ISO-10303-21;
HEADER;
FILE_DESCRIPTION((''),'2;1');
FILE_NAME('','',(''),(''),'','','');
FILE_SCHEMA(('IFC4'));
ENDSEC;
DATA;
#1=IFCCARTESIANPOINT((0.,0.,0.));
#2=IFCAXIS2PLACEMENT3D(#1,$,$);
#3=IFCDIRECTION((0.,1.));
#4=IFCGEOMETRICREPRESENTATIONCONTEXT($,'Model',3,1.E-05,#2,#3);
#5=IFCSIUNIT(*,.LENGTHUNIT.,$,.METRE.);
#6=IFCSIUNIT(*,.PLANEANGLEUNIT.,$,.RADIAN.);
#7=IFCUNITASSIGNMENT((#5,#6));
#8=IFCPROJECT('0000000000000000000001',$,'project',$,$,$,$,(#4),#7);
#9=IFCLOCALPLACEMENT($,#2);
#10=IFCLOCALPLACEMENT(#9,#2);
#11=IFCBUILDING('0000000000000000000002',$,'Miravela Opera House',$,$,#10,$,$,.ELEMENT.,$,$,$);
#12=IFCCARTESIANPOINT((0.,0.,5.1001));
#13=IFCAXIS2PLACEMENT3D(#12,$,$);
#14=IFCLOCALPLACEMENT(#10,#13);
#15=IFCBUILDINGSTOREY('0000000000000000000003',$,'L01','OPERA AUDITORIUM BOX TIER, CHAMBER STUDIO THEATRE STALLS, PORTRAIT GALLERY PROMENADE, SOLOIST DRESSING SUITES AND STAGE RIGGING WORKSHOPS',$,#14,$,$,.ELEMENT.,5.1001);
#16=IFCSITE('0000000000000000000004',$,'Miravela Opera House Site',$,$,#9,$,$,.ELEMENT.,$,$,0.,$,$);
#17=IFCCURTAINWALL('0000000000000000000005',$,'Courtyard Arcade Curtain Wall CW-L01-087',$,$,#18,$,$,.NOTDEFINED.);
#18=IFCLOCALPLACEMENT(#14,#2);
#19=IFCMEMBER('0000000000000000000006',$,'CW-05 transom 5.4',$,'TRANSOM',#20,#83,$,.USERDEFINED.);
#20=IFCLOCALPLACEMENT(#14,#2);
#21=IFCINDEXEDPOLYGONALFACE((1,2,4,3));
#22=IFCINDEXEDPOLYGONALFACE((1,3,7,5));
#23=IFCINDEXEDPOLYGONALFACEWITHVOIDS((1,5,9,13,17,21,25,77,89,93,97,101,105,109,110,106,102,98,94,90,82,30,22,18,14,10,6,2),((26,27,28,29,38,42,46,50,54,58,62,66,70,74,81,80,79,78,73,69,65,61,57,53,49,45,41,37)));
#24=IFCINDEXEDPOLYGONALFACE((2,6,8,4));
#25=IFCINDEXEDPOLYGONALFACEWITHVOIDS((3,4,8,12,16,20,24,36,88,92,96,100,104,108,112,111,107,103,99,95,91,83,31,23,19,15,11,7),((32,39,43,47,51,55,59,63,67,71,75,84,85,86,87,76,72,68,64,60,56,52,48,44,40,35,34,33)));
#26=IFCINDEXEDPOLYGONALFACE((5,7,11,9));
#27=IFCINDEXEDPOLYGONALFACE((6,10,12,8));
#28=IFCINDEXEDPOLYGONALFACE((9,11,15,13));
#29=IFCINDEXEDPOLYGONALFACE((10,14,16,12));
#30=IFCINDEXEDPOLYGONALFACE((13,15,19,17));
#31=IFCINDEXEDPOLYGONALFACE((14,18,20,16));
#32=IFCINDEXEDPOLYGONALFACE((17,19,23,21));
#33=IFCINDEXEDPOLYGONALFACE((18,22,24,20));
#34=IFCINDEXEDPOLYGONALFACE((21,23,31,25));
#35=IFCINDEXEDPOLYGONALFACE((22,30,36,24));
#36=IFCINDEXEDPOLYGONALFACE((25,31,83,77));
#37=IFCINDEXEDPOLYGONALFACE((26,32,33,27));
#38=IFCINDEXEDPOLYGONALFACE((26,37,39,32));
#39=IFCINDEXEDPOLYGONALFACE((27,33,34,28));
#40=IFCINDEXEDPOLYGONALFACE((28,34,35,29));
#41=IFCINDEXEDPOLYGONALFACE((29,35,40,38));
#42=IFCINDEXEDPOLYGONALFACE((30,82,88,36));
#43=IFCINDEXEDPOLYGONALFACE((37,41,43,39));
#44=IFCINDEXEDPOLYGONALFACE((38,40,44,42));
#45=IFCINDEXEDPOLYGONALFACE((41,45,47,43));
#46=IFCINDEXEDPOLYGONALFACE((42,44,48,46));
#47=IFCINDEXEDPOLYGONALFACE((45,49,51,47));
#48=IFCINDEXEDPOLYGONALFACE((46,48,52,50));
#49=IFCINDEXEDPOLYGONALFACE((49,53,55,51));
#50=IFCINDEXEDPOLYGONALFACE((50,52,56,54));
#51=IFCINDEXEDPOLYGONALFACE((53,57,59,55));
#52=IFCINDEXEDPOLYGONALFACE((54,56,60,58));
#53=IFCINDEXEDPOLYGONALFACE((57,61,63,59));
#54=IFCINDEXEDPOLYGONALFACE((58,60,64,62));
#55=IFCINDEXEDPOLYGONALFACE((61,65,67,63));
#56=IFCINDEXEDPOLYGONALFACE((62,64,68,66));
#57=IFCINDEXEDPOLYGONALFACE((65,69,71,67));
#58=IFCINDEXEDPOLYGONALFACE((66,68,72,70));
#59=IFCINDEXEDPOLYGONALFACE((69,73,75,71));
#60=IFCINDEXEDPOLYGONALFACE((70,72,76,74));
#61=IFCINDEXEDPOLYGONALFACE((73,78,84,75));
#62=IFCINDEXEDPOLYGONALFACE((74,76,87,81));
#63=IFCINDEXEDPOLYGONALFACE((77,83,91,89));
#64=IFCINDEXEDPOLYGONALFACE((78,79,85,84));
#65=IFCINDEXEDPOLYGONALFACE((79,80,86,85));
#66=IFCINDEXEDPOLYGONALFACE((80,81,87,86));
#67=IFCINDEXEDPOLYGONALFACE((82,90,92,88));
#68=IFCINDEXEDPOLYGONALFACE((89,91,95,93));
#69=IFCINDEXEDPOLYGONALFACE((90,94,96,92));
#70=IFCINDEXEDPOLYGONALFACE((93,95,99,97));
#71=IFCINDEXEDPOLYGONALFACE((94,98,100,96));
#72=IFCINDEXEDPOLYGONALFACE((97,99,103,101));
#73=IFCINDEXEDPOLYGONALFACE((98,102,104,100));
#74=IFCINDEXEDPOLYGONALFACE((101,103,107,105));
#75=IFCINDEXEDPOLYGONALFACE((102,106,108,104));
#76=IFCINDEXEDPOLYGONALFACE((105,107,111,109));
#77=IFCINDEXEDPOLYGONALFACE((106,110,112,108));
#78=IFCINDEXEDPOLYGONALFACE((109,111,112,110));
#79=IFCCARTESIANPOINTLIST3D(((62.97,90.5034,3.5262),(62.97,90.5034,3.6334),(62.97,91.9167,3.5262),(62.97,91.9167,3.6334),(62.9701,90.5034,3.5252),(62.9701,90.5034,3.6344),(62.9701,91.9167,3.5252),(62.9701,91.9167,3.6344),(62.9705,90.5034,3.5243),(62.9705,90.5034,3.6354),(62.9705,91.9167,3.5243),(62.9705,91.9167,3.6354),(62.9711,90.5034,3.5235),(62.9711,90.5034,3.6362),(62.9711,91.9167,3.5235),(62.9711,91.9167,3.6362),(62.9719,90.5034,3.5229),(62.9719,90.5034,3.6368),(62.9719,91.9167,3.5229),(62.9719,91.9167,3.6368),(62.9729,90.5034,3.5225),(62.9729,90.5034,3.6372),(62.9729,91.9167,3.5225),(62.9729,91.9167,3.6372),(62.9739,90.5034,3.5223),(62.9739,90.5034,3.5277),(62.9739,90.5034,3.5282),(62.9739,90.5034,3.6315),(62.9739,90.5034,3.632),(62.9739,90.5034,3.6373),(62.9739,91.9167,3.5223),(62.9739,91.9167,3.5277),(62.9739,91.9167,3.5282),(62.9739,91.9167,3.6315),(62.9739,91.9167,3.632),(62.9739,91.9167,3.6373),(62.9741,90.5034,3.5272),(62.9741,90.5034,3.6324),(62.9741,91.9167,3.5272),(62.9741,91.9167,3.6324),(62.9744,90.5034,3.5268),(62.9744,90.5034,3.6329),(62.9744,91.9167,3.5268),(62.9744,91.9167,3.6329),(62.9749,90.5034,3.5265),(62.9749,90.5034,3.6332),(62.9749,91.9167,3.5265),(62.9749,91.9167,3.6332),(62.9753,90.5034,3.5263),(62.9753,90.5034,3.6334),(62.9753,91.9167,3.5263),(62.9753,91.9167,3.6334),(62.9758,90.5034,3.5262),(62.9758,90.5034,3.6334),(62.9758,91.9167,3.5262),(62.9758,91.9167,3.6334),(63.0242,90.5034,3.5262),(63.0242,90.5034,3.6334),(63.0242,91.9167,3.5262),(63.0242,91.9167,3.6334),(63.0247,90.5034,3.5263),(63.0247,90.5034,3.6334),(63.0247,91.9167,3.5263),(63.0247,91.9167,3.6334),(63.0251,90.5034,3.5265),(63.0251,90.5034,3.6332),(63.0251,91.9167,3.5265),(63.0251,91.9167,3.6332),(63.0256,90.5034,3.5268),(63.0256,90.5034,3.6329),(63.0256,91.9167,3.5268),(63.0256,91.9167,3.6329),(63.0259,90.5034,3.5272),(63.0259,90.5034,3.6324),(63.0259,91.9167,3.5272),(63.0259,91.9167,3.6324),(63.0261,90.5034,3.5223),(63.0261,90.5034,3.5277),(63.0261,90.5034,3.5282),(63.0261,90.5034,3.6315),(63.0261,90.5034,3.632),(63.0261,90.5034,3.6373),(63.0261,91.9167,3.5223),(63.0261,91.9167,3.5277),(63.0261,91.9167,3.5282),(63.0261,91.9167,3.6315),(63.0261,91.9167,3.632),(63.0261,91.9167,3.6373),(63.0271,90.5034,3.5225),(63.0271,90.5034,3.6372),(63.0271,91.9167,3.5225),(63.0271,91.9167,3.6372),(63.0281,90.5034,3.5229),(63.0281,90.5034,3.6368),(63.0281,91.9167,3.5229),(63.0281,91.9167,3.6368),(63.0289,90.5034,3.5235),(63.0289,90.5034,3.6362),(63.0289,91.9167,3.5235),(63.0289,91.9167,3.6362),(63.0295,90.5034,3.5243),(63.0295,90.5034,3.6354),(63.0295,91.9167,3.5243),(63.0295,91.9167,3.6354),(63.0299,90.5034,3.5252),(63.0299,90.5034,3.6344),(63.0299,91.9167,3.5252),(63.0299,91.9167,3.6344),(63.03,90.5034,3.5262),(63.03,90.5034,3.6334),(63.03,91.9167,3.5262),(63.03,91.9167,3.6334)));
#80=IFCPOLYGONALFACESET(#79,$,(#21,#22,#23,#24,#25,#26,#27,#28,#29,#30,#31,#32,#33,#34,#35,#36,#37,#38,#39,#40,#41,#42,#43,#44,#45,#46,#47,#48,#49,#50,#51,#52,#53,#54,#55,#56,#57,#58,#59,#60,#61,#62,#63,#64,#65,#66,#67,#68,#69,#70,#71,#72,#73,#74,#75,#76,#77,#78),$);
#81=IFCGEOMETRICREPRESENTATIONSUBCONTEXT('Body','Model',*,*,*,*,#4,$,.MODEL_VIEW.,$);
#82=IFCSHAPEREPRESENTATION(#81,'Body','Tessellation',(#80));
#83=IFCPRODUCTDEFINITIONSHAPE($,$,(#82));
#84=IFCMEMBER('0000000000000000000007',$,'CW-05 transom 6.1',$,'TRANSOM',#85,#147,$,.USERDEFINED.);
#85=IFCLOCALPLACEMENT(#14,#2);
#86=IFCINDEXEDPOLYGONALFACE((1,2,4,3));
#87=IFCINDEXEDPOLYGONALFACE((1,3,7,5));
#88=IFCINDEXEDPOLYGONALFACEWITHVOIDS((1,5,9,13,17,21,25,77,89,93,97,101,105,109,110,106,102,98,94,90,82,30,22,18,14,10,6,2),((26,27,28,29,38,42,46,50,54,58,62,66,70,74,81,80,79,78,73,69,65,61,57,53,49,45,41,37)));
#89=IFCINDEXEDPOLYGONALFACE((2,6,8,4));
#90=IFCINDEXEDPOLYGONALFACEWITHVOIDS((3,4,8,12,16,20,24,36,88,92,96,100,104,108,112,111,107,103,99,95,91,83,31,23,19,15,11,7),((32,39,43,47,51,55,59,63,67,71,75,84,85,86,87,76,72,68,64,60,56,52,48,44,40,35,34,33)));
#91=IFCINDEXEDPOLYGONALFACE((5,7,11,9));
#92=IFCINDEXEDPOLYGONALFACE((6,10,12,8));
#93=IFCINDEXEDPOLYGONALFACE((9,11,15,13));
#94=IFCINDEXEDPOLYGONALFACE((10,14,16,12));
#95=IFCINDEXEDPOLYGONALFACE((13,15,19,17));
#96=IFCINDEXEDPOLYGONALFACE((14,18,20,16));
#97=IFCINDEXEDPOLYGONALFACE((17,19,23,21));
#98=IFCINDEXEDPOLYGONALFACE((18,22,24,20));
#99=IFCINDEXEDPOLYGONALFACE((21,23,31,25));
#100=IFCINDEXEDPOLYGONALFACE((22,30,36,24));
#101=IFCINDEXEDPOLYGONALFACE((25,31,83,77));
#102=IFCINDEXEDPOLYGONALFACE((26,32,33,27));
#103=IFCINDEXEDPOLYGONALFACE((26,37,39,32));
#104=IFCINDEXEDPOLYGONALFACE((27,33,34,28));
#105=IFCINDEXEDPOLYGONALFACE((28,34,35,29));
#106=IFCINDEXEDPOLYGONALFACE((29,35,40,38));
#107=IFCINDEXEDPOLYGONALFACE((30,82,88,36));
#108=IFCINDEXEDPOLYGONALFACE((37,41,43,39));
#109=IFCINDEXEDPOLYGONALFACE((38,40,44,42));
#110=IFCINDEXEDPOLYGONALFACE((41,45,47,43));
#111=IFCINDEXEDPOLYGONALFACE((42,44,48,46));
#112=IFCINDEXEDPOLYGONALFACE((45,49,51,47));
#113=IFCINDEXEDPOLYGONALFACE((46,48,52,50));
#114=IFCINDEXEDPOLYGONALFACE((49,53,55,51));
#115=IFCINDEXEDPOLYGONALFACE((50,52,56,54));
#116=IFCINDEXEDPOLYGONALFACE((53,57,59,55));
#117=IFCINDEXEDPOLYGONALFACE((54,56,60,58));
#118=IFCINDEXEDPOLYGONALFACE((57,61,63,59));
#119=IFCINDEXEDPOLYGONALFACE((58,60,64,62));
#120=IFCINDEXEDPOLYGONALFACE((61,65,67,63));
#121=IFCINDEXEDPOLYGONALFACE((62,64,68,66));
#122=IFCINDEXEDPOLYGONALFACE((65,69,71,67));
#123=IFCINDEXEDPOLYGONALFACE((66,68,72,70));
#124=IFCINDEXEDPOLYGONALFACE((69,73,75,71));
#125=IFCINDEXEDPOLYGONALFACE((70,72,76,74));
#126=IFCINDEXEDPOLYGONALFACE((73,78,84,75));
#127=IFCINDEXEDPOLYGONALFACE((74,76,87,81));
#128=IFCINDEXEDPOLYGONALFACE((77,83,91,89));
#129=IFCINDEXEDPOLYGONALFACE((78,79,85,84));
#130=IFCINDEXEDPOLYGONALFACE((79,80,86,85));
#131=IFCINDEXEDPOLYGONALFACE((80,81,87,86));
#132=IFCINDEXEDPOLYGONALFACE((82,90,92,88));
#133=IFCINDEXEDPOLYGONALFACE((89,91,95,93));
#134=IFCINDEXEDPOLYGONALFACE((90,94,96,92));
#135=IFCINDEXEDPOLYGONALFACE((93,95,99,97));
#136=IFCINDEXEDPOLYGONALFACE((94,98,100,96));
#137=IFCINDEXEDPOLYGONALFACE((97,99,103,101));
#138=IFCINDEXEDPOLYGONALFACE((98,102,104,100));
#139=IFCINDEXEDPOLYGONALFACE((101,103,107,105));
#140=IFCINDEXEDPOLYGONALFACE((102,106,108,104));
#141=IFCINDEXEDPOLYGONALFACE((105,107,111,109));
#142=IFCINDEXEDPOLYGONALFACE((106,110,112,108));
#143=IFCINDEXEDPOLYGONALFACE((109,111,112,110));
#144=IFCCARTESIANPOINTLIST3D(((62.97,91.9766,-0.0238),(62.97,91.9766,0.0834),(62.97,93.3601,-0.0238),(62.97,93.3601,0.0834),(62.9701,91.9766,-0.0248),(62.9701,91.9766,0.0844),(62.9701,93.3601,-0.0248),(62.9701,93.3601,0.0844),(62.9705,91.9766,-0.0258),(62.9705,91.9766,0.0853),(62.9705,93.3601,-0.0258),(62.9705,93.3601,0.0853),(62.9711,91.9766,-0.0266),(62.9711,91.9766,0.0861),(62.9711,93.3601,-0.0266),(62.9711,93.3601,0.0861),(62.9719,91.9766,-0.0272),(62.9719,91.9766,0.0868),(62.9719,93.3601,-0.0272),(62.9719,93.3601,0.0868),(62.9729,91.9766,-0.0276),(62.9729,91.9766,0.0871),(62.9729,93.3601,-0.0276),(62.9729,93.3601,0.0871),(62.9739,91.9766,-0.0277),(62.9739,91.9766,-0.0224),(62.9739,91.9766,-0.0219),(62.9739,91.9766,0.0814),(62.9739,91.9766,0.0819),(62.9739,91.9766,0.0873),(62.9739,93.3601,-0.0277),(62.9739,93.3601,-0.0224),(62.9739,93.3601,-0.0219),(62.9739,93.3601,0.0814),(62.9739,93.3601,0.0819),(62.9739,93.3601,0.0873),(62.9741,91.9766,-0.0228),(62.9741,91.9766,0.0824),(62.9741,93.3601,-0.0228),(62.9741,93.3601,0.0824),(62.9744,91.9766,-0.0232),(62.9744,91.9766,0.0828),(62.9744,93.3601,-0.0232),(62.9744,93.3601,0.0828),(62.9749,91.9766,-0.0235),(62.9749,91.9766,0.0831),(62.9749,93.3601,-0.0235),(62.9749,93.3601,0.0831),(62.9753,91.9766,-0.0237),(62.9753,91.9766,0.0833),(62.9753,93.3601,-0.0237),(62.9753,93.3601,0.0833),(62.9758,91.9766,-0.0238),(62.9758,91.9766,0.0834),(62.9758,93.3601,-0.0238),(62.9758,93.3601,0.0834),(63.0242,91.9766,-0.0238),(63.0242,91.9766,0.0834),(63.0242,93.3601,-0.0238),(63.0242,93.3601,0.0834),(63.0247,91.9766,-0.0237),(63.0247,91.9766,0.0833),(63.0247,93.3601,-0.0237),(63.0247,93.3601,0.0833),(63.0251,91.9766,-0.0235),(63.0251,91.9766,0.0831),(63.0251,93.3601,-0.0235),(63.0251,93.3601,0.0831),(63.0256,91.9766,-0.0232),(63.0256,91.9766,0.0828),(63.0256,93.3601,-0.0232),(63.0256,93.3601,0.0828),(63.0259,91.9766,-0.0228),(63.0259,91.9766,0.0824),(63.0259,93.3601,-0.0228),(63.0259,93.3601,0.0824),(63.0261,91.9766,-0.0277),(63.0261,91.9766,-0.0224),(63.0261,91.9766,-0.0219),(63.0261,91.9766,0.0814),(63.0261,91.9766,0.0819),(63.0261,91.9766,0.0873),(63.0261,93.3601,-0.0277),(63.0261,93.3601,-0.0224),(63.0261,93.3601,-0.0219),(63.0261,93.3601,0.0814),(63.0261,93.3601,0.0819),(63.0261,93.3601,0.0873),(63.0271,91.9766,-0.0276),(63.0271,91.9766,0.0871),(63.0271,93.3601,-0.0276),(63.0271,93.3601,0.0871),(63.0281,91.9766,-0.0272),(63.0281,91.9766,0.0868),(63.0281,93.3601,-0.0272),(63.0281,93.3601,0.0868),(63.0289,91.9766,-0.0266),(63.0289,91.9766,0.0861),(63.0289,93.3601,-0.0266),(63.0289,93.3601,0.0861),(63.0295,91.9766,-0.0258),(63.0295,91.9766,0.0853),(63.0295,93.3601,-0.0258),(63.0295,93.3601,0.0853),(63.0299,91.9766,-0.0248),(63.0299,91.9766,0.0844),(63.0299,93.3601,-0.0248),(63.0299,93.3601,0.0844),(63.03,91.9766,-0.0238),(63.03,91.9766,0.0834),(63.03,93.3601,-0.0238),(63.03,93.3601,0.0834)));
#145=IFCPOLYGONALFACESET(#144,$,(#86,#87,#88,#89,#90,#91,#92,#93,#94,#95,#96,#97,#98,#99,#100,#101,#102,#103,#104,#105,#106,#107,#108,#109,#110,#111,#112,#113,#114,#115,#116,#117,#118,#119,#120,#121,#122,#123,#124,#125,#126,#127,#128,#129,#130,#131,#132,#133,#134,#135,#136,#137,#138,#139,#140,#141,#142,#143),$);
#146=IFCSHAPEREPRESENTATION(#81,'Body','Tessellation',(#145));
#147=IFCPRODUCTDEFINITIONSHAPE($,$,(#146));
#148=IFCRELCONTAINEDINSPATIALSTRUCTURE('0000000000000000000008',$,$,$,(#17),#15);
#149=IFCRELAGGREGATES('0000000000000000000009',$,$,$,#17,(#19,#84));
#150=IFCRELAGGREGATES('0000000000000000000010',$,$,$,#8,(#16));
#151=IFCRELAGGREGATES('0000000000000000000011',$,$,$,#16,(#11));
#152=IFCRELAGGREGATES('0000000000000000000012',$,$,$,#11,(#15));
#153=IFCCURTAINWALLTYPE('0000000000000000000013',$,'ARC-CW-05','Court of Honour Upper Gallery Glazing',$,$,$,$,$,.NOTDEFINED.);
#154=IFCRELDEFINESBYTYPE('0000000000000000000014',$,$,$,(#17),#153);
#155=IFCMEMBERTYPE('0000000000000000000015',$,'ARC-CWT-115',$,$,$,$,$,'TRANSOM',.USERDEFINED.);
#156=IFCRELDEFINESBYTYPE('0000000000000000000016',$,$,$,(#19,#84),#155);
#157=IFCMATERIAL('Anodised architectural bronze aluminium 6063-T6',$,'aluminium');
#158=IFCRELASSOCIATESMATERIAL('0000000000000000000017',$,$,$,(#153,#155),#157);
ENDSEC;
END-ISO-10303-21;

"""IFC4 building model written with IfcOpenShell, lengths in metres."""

from ifc_helpers import new_model, si_unit, direction, frame, origin, origin_2d, place, context, subcontext, project, spatial, hollow_rectangle, extrude, material, material_profile, profile_set, type_object, element, aggregate, save


model = new_model("IFC4")

# Units and contexts
model_context = context("Model", 3, precision=1e-05, world=origin(), true_north=direction((0.0, 1.0)))
body_context = subcontext(model_context, "Body", "Model", "MODEL_VIEW")
ifc_project = project(units=[si_unit("LENGTHUNIT", "METRE"), si_unit("PLANEANGLEUNIT", "RADIAN")], contexts=[model_context])

# Site, building, storey
site_placement = place(None, origin())
site = spatial("IfcSite", under=ifc_project, at=site_placement, Name="Miravela Opera House Site", CompositionType="ELEMENT", RefElevation=0.0)
building_placement = place(site_placement, origin())
building = spatial("IfcBuilding", under=site, at=building_placement, Name="Miravela Opera House", CompositionType="ELEMENT")
storey_placement = place(building_placement, frame((0.0, 0.0, 5.1001)))
storey = spatial("IfcBuildingStorey", under=building, at=storey_placement, Name="L01", Description="OPERA AUDITORIUM BOX TIER, CHAMBER STUDIO THEATRE STALLS, PORTRAIT GALLERY PROMENADE, SOLOIST DRESSING SUITES AND STAGE RIGGING WORKSHOPS", CompositionType="ELEMENT", Elevation=5.1001)

# Curtain wall, members
ifc_material_1 = material(Name="Anodised architectural bronze aluminium 6063-T6", Category="aluminium")
curtain_wall_type = type_object("IfcCurtainWallType", Name="ARC-CW-05", Description="Court of Honour Upper Gallery Glazing", PredefinedType="NOTDEFINED", material=ifc_material_1)
curtain_wall_placement = place(storey_placement, origin())
curtain_wall = element("IfcCurtainWall", 1, at=curtain_wall_placement, inside=storey, type_object=curtain_wall_type, Name="Courtyard Arcade Curtain Wall CW-L01-087", PredefinedType="NOTDEFINED")
ifc_material_profile_1 = material_profile(ifc_material_1, hollow_rectangle(XDim=0.0601, YDim=0.115, WallThickness=0.0039, InnerFilletRadius=0.002, OuterFilletRadius=0.0039, at=origin_2d()), Name="CWT-60X115")
ifc_profile_set_1 = profile_set([ifc_material_profile_1])
member_type_1 = type_object("IfcMemberType", Name="ARC-CWT-115", ElementType="TRANSOM", PredefinedType="USERDEFINED", material=ifc_profile_set_1)
member_1_placement = place(storey_placement, frame((63.0, 90.5034, 3.5798), z_axis=(0.0, 1.0, 0.0), x_axis=(-1.0, 0.0, 0.0)))
member_1 = element("IfcMember", 2, at=member_1_placement, type_object=member_type_1, Name="CW-05 transom 5.4", ObjectType="TRANSOM", PredefinedType="USERDEFINED", context=body_context, shape_type="SweptSolid", body=[
    extrude(hollow_rectangle(XDim=0.0601, YDim=0.115, WallThickness=0.0039, InnerFilletRadius=0.002, OuterFilletRadius=0.0039, at=origin_2d()), origin(), (0.0, 0.0, 1.0), 1.4133),
])
member_2_placement = place(storey_placement, frame((63.0, 91.9766, 0.0298), z_axis=(0.0, 1.0, 0.0), x_axis=(-1.0, 0.0, 0.0)))
member_2 = element("IfcMember", 3, at=member_2_placement, type_object=member_type_1, Name="CW-05 transom 6.1", ObjectType="TRANSOM", PredefinedType="USERDEFINED", context=body_context, shape_type="SweptSolid", body=[
    extrude(hollow_rectangle(XDim=0.0601, YDim=0.115, WallThickness=0.0039, InnerFilletRadius=0.002, OuterFilletRadius=0.0039, at=origin_2d()), origin(), (0.0, 0.0, 1.0), 1.3835),
])

aggregate(curtain_wall, [member_1, member_2])

save(model, "model.ifc")
